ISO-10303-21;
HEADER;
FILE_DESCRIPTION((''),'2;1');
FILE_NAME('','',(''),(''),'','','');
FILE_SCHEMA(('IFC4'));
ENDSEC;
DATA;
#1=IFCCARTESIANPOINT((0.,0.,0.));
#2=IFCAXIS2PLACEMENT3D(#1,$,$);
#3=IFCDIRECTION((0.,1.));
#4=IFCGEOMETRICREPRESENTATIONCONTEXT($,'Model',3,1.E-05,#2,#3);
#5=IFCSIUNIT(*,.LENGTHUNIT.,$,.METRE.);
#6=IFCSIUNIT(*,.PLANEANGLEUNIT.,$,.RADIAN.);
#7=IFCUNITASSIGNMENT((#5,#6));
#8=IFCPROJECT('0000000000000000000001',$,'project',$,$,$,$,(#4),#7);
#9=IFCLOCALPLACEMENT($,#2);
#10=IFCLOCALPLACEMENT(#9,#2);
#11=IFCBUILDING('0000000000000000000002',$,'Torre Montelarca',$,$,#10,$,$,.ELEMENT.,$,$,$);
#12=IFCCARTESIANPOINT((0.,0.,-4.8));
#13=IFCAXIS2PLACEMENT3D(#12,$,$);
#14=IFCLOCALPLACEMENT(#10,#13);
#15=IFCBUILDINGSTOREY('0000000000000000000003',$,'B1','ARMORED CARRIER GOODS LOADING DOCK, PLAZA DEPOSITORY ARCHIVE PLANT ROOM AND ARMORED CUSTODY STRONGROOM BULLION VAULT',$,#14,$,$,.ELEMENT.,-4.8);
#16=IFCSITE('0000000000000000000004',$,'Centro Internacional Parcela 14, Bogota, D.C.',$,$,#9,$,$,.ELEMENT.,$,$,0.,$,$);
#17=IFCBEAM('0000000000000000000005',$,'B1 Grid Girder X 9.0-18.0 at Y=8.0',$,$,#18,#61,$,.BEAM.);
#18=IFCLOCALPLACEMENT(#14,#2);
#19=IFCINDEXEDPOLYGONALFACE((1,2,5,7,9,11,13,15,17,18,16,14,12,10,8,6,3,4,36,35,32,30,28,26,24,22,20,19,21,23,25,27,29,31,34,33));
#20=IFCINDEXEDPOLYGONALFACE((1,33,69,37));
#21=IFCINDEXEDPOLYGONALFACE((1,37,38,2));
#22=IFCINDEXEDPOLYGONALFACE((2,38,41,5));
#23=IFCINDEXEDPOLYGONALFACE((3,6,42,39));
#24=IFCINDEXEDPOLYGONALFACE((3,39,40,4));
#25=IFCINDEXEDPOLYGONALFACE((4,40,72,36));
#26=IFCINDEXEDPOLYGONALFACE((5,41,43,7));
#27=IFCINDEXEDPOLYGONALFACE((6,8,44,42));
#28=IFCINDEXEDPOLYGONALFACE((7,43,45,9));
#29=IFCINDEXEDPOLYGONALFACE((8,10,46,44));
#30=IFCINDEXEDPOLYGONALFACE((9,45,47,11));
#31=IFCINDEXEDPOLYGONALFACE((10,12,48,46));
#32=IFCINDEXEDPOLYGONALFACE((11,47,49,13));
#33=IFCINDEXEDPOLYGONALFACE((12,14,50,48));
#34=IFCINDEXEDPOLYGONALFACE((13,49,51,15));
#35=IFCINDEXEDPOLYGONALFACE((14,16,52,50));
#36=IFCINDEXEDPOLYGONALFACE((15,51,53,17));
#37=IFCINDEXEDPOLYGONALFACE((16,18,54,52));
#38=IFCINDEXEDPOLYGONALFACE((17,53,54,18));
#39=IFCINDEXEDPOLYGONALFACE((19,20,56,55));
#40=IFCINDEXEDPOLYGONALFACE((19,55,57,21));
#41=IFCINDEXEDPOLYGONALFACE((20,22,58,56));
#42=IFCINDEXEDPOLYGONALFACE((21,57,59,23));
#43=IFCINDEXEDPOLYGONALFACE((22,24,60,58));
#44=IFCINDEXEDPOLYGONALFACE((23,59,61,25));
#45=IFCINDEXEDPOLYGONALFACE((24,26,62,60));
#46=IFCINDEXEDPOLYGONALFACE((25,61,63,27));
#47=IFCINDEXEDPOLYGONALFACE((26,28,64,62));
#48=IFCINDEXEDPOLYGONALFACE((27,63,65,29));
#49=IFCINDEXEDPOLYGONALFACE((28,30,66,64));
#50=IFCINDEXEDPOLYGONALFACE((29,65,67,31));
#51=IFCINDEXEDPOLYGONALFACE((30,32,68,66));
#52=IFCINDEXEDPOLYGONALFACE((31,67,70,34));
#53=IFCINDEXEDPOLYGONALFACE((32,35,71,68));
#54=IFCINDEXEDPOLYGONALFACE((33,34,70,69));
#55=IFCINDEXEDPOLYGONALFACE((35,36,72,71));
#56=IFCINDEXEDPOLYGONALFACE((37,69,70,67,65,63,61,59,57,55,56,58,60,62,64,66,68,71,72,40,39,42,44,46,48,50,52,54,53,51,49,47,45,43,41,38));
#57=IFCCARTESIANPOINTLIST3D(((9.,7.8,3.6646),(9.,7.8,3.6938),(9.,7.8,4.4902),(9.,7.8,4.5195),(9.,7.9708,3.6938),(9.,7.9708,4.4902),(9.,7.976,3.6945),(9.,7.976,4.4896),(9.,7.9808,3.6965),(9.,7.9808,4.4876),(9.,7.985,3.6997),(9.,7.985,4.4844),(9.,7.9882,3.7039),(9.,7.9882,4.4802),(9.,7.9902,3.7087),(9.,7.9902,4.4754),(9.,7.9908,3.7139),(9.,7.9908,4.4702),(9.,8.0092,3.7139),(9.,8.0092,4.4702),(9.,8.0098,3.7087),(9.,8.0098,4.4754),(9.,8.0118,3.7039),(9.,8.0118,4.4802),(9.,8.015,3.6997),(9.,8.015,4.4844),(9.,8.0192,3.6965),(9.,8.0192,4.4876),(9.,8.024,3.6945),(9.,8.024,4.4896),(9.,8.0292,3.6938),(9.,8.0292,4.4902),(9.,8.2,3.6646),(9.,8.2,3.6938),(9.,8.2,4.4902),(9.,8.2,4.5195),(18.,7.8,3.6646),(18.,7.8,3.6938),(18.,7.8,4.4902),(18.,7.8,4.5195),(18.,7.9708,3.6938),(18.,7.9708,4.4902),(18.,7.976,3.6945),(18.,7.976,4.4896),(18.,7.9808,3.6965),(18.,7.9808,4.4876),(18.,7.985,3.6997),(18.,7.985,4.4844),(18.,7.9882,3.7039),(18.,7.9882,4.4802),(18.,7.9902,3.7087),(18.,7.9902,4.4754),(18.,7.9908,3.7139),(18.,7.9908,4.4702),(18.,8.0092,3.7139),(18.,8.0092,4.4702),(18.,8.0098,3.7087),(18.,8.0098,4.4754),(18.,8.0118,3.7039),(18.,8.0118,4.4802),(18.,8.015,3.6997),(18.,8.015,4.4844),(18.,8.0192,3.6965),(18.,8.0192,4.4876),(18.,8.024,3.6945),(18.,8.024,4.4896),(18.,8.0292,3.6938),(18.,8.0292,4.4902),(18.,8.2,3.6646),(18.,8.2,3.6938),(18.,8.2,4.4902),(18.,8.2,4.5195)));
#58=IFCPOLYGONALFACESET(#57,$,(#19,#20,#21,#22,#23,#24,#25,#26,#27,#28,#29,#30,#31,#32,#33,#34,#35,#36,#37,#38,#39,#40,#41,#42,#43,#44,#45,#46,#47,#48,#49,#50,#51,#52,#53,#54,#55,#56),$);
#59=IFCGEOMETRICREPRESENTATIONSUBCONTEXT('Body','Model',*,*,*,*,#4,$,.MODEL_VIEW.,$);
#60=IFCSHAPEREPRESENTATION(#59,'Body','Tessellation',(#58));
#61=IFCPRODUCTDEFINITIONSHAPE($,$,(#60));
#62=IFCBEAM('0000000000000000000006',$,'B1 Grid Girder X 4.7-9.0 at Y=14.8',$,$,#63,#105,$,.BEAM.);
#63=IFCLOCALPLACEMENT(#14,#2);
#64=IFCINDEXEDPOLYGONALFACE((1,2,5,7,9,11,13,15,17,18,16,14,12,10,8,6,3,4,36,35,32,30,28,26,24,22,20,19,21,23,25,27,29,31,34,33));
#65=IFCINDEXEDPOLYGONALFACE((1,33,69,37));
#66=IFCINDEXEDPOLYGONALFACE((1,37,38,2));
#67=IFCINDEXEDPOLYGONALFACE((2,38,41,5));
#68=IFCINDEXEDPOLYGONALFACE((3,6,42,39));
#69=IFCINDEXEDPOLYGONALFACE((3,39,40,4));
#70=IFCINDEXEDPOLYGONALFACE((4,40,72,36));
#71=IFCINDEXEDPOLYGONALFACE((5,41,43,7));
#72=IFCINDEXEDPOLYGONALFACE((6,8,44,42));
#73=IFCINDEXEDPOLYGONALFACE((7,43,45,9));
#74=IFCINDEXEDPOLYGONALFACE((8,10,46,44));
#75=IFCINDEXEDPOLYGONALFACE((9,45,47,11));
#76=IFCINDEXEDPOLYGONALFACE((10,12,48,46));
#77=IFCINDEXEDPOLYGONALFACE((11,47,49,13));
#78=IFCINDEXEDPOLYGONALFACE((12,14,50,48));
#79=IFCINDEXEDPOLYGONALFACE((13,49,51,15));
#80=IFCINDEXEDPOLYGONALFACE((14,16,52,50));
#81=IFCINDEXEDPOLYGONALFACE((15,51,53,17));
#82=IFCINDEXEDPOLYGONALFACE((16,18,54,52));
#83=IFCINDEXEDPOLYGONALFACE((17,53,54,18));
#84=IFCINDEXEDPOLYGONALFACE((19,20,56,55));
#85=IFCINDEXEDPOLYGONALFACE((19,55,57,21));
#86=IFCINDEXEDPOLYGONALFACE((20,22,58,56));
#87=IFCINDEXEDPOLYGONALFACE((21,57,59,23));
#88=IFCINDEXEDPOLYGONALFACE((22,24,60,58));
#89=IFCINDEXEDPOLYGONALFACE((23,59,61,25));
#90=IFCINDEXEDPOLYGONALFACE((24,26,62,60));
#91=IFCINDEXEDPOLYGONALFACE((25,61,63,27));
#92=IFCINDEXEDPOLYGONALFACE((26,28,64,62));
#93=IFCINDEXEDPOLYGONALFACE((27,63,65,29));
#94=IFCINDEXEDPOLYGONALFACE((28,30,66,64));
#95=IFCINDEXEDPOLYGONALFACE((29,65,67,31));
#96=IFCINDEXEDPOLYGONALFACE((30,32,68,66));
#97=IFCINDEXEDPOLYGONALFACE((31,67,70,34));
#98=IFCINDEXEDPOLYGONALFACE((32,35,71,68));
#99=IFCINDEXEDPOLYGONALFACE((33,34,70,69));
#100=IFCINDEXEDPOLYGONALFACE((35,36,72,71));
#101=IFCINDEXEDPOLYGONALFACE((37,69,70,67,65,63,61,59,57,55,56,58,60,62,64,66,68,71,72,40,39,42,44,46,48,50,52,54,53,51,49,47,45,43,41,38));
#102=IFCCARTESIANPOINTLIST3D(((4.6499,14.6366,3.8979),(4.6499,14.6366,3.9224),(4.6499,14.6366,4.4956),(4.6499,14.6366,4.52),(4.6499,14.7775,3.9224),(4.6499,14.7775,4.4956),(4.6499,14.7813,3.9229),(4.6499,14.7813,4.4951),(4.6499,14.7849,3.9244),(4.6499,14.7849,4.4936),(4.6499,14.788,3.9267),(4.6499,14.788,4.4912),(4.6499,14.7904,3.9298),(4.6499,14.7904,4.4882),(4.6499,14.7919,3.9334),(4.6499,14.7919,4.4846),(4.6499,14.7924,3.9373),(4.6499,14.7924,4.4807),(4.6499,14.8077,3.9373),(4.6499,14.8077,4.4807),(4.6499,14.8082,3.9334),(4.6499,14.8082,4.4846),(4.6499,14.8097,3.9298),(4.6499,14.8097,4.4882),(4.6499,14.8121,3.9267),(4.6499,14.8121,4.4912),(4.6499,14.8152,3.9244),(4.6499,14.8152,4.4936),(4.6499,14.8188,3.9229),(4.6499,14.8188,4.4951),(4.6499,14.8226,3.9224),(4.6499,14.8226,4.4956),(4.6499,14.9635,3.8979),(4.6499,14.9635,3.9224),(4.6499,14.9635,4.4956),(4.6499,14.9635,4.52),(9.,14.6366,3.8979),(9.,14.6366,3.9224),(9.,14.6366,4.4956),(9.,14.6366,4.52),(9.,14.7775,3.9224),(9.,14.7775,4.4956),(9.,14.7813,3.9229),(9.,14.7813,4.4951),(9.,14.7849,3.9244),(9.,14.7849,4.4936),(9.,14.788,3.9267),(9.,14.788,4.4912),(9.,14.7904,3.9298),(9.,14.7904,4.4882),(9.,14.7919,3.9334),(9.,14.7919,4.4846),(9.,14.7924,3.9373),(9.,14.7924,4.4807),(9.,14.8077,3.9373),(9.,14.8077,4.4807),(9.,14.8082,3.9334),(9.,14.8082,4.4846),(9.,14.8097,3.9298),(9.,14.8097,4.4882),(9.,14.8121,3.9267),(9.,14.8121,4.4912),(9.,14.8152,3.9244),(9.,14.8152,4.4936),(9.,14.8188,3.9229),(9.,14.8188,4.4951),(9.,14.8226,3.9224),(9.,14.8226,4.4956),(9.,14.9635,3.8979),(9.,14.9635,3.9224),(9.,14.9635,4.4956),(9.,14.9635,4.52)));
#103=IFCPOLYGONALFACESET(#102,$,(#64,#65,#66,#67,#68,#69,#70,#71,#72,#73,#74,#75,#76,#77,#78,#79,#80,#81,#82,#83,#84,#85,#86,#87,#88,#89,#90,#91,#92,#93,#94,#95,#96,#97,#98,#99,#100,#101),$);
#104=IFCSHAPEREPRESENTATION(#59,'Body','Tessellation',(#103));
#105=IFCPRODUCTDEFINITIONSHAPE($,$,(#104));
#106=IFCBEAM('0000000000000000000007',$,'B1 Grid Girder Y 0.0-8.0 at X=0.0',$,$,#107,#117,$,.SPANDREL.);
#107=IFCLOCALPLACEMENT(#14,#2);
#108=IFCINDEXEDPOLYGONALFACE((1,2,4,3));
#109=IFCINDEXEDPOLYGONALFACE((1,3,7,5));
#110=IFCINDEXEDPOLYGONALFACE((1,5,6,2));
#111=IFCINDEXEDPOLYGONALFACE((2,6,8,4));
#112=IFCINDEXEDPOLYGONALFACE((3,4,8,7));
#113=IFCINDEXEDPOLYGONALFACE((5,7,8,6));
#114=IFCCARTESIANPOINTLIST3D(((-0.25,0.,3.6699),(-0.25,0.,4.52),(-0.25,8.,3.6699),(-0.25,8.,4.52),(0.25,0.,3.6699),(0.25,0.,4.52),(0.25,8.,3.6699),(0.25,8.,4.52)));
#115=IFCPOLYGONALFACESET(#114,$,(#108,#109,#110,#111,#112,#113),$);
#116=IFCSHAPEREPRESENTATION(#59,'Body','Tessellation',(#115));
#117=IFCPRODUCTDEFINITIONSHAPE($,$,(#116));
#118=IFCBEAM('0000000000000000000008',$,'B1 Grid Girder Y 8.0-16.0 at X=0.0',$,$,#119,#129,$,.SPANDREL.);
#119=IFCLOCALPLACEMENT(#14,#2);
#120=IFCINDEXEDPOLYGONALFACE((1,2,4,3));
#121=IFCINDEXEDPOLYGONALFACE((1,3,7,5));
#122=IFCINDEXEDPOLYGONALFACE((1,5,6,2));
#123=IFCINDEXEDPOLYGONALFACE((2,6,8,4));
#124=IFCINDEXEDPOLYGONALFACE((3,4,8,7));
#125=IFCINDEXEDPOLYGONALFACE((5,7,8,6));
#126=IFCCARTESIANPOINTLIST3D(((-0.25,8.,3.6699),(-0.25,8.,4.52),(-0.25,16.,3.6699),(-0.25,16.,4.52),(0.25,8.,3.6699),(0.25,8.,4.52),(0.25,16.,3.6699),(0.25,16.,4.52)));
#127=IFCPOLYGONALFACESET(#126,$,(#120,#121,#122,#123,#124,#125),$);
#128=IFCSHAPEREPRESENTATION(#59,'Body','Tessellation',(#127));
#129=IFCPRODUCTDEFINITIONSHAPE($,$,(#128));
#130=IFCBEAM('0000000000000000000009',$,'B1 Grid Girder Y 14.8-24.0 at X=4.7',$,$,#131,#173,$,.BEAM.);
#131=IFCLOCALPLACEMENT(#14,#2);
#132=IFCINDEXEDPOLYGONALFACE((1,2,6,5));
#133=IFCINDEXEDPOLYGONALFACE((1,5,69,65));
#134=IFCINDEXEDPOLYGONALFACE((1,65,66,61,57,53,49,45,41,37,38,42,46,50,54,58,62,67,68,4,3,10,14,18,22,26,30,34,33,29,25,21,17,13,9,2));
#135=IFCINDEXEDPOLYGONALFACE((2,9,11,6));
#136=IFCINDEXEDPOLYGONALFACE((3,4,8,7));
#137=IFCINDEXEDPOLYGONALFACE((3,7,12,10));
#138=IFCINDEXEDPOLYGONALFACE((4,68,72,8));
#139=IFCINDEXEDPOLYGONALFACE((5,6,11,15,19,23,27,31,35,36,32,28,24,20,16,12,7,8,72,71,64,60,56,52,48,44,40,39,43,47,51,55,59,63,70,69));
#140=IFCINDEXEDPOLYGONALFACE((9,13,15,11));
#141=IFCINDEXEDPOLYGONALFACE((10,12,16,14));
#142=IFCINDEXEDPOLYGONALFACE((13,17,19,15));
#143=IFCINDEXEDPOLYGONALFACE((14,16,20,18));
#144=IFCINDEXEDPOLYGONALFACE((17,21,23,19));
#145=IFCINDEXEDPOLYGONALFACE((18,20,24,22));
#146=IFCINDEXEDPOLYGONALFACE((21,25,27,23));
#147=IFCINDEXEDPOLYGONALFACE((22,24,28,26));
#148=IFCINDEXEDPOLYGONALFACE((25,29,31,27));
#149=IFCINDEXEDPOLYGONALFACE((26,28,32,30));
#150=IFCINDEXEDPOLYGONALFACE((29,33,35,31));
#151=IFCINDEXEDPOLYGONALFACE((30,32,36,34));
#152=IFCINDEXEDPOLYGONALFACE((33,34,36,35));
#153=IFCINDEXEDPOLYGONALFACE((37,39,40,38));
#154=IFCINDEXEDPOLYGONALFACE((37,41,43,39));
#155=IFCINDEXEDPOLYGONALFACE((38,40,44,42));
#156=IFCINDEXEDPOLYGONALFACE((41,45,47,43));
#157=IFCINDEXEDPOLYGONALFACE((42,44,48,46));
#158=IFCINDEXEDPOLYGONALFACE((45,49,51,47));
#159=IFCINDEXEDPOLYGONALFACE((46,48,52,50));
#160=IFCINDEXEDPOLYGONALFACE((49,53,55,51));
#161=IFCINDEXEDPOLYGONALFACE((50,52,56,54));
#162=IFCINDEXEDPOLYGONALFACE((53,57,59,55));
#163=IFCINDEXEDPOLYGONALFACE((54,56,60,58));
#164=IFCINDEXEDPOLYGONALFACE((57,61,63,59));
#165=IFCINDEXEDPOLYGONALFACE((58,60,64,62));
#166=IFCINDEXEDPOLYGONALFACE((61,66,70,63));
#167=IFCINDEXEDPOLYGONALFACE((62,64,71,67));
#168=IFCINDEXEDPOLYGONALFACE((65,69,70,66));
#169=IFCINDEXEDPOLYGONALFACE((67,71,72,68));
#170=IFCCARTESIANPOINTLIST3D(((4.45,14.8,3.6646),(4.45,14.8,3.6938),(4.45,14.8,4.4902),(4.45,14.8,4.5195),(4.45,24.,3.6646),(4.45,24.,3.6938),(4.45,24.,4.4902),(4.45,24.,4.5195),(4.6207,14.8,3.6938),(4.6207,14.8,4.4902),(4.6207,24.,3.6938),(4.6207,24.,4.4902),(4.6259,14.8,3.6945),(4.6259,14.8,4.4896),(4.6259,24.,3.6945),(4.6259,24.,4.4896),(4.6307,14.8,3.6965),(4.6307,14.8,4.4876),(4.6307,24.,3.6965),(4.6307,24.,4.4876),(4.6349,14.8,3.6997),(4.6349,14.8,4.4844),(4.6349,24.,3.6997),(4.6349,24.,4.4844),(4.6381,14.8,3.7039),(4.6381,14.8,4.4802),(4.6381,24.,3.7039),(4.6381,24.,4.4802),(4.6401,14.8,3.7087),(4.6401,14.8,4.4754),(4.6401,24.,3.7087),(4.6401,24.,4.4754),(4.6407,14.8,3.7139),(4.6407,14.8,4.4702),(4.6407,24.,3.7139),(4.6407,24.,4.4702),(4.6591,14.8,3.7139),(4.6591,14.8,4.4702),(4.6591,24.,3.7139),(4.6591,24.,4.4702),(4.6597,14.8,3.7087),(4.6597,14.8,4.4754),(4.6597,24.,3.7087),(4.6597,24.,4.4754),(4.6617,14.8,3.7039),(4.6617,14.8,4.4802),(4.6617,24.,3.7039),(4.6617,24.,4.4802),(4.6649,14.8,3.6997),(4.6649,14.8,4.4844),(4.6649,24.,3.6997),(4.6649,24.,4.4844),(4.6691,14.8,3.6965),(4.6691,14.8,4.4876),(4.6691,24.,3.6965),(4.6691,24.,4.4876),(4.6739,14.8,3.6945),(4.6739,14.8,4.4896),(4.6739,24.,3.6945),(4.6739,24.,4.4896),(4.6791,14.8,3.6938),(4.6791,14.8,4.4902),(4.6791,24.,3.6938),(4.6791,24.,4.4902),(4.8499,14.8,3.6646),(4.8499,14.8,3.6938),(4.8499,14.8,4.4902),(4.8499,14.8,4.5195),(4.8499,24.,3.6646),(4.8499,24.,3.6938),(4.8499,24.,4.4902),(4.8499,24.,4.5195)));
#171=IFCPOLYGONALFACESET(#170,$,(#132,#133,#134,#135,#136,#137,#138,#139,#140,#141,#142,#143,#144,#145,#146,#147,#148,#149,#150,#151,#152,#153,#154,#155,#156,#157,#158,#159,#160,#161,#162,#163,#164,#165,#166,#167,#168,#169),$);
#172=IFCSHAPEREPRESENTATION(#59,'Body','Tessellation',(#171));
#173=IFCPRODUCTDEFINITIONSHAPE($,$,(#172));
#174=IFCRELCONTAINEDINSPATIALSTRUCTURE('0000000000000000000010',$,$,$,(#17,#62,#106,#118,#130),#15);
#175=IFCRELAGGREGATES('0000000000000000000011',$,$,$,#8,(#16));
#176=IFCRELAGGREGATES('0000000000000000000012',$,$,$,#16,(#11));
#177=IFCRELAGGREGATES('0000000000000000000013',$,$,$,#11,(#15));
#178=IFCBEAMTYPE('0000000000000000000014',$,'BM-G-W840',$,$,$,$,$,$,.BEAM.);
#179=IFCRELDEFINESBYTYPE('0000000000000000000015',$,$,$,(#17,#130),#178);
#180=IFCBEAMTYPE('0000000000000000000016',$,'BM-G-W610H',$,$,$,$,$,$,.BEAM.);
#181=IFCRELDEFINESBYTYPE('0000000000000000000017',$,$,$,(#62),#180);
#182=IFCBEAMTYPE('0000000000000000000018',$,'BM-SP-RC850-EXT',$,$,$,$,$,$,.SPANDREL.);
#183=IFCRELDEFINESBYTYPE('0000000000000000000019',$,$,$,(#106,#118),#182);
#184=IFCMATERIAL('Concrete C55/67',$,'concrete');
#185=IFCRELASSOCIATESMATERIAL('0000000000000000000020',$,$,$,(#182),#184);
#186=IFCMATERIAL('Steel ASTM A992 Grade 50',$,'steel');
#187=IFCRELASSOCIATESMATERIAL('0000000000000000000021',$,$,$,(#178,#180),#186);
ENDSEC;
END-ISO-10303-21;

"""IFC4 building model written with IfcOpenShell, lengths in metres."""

from ifc_helpers import new_model, si_unit, direction, frame, origin, origin_2d, place, context, subcontext, project, spatial, rectangle, i_section, extrude, source, transform, mapped, material, material_profile, profile_set, type_object, element, save


model = new_model("IFC4")

# Units and contexts
model_context = context("Model", 3, precision=1e-05, world=origin(), true_north=direction((0.0, 1.0)))
body_context = subcontext(model_context, "Body", "Model", "MODEL_VIEW")
ifc_project = project(units=[si_unit("LENGTHUNIT", "METRE"), si_unit("PLANEANGLEUNIT", "RADIAN")], contexts=[model_context])

# Site, building, storey
site_placement = place(None, origin())
site = spatial("IfcSite", under=ifc_project, at=site_placement, Name="Centro Internacional Parcela 14, Bogota, D.C.", CompositionType="ELEMENT", RefElevation=0.0)
building_placement = place(site_placement, origin())
building = spatial("IfcBuilding", under=site, at=building_placement, Name="Torre Montelarca", CompositionType="ELEMENT")
storey_placement = place(building_placement, frame((0.0, 0.0, -4.8)))
storey = spatial("IfcBuildingStorey", under=building, at=storey_placement, Name="B1", Description="ARMORED CARRIER GOODS LOADING DOCK, PLAZA DEPOSITORY ARCHIVE PLANT ROOM AND ARMORED CUSTODY STRONGROOM BULLION VAULT", CompositionType="ELEMENT", Elevation=-4.8)

# Beams
ifc_material_1 = material(Name="Concrete C55/67", Category="concrete")
ifc_material_profile_1 = material_profile(ifc_material_1, rectangle(XDim=0.5, YDim=0.8501, at=origin_2d()), Name="RCB500X850", Category="concrete")
ifc_profile_set_1 = profile_set([ifc_material_profile_1], Name="Concrete C55/67")
beam_type_1 = type_object("IfcBeamType", Name="BM-SP-RC850-EXT", PredefinedType="SPANDREL", material=ifc_profile_set_1)
ifc_material_2 = material(Name="Steel ASTM A992 Grade 50", Category="steel")
ifc_material_profile_2 = material_profile(ifc_material_2, i_section(OverallWidth=0.3999, OverallDepth=0.855, WebThickness=0.0183, FlangeThickness=0.0293, FilletRadius=0.02, at=origin_2d()), Name="W840X299", Category="steel")
ifc_profile_set_2 = profile_set([ifc_material_profile_2], Name="Steel ASTM A992 Grade 50")
beam_type_2 = type_object("IfcBeamType", Name="BM-G-W840", PredefinedType="BEAM", material=ifc_profile_set_2)
shared_shape_1 = source(origin(), body_context, "Body", "SweptSolid", [
    extrude(i_section(OverallWidth=0.3999, OverallDepth=0.855, WebThickness=0.0183, FlangeThickness=0.0293, FilletRadius=0.02, at=origin_2d()), origin(), (0.0, 0.0, 1.0), 9.0),
])
for number, where, z_axis, x_axis, name in (
    (1, (9.0, 8.0, 4.092), (1.0, 0.0, 0.0), (0.0, 1.0, 0.0), "B1 Grid Girder X 9.0-18.0 at Y=8.0"),
):
    element("IfcBeam", number, at=place(storey_placement, frame(where, z_axis=z_axis, x_axis=x_axis)), inside=storey, type_object=beam_type_2, Name=name, PredefinedType="BEAM", context=body_context, shape_type="MappedRepresentation", body=[
        mapped(shared_shape_1, transform((0.0, 0.0, 0.0), scale=1.0)),
    ])
ifc_material_profile_3 = material_profile(ifc_material_2, i_section(OverallWidth=0.3269, OverallDepth=0.6221, WebThickness=0.0154, FlangeThickness=0.0244, FilletRadius=0.0149, at=origin_2d()), Name="W610X195", Category="steel")
ifc_profile_set_3 = profile_set([ifc_material_profile_3], Name="Steel ASTM A992 Grade 50")
beam_type_3 = type_object("IfcBeamType", Name="BM-G-W610H", PredefinedType="BEAM", material=ifc_profile_set_3)
shared_shape_2 = source(origin(), body_context, "Body", "SweptSolid", [
    extrude(i_section(OverallWidth=0.3269, OverallDepth=0.6221, WebThickness=0.0154, FlangeThickness=0.0244, FilletRadius=0.0149, at=origin_2d()), origin(), (0.0, 0.0, 1.0), 4.3501),
])
beam_1_placement = place(storey_placement, frame((4.6499, 14.8, 4.209), z_axis=(1.0, 0.0, 0.0), x_axis=(0.0, 1.0, 0.0)))
element("IfcBeam", 2, at=beam_1_placement, inside=storey, type_object=beam_type_3, Name="B1 Grid Girder X 4.7-9.0 at Y=14.8", PredefinedType="BEAM", context=body_context, shape_type="MappedRepresentation", body=[
    mapped(shared_shape_2, transform((0.0, 0.0, 0.0), scale=1.0)),
])
shared_shape_3 = source(origin(), body_context, "Body", "SweptSolid", [
    extrude(rectangle(XDim=0.5, YDim=0.8501, at=origin_2d()), origin(), (0.0, 0.0, 1.0), 8.0),
])
for number, where, z_axis, x_axis, name in (
    (3, (0.0, 0.0, 4.095), (0.0, 1.0, 0.0), (-1.0, 0.0, 0.0), "B1 Grid Girder Y 0.0-8.0 at X=0.0"),
    (4, (0.0, 8.0, 4.095), (0.0, 1.0, 0.0), (-1.0, 0.0, 0.0), "B1 Grid Girder Y 8.0-16.0 at X=0.0"),
):
    element("IfcBeam", number, at=place(storey_placement, frame(where, z_axis=z_axis, x_axis=x_axis)), inside=storey, type_object=beam_type_1, Name=name, PredefinedType="SPANDREL", context=body_context, shape_type="MappedRepresentation", body=[
        mapped(shared_shape_3, transform((0.0, 0.0, 0.0), scale=1.0)),
    ])
shared_shape_4 = source(origin(), body_context, "Body", "SweptSolid", [
    extrude(i_section(OverallWidth=0.3999, OverallDepth=0.855, WebThickness=0.0183, FlangeThickness=0.0293, FilletRadius=0.02, at=origin_2d()), origin(), (0.0, 0.0, 1.0), 9.2),
])
beam_2_placement = place(storey_placement, frame((4.6499, 14.8, 4.092), z_axis=(0.0, 1.0, 0.0), x_axis=(-1.0, 0.0, 0.0)))
element("IfcBeam", 5, at=beam_2_placement, inside=storey, type_object=beam_type_2, Name="B1 Grid Girder Y 14.8-24.0 at X=4.7", PredefinedType="BEAM", context=body_context, shape_type="MappedRepresentation", body=[
    mapped(shared_shape_4, transform((0.0, 0.0, 0.0), scale=1.0)),
])

save(model, "model.ifc")
